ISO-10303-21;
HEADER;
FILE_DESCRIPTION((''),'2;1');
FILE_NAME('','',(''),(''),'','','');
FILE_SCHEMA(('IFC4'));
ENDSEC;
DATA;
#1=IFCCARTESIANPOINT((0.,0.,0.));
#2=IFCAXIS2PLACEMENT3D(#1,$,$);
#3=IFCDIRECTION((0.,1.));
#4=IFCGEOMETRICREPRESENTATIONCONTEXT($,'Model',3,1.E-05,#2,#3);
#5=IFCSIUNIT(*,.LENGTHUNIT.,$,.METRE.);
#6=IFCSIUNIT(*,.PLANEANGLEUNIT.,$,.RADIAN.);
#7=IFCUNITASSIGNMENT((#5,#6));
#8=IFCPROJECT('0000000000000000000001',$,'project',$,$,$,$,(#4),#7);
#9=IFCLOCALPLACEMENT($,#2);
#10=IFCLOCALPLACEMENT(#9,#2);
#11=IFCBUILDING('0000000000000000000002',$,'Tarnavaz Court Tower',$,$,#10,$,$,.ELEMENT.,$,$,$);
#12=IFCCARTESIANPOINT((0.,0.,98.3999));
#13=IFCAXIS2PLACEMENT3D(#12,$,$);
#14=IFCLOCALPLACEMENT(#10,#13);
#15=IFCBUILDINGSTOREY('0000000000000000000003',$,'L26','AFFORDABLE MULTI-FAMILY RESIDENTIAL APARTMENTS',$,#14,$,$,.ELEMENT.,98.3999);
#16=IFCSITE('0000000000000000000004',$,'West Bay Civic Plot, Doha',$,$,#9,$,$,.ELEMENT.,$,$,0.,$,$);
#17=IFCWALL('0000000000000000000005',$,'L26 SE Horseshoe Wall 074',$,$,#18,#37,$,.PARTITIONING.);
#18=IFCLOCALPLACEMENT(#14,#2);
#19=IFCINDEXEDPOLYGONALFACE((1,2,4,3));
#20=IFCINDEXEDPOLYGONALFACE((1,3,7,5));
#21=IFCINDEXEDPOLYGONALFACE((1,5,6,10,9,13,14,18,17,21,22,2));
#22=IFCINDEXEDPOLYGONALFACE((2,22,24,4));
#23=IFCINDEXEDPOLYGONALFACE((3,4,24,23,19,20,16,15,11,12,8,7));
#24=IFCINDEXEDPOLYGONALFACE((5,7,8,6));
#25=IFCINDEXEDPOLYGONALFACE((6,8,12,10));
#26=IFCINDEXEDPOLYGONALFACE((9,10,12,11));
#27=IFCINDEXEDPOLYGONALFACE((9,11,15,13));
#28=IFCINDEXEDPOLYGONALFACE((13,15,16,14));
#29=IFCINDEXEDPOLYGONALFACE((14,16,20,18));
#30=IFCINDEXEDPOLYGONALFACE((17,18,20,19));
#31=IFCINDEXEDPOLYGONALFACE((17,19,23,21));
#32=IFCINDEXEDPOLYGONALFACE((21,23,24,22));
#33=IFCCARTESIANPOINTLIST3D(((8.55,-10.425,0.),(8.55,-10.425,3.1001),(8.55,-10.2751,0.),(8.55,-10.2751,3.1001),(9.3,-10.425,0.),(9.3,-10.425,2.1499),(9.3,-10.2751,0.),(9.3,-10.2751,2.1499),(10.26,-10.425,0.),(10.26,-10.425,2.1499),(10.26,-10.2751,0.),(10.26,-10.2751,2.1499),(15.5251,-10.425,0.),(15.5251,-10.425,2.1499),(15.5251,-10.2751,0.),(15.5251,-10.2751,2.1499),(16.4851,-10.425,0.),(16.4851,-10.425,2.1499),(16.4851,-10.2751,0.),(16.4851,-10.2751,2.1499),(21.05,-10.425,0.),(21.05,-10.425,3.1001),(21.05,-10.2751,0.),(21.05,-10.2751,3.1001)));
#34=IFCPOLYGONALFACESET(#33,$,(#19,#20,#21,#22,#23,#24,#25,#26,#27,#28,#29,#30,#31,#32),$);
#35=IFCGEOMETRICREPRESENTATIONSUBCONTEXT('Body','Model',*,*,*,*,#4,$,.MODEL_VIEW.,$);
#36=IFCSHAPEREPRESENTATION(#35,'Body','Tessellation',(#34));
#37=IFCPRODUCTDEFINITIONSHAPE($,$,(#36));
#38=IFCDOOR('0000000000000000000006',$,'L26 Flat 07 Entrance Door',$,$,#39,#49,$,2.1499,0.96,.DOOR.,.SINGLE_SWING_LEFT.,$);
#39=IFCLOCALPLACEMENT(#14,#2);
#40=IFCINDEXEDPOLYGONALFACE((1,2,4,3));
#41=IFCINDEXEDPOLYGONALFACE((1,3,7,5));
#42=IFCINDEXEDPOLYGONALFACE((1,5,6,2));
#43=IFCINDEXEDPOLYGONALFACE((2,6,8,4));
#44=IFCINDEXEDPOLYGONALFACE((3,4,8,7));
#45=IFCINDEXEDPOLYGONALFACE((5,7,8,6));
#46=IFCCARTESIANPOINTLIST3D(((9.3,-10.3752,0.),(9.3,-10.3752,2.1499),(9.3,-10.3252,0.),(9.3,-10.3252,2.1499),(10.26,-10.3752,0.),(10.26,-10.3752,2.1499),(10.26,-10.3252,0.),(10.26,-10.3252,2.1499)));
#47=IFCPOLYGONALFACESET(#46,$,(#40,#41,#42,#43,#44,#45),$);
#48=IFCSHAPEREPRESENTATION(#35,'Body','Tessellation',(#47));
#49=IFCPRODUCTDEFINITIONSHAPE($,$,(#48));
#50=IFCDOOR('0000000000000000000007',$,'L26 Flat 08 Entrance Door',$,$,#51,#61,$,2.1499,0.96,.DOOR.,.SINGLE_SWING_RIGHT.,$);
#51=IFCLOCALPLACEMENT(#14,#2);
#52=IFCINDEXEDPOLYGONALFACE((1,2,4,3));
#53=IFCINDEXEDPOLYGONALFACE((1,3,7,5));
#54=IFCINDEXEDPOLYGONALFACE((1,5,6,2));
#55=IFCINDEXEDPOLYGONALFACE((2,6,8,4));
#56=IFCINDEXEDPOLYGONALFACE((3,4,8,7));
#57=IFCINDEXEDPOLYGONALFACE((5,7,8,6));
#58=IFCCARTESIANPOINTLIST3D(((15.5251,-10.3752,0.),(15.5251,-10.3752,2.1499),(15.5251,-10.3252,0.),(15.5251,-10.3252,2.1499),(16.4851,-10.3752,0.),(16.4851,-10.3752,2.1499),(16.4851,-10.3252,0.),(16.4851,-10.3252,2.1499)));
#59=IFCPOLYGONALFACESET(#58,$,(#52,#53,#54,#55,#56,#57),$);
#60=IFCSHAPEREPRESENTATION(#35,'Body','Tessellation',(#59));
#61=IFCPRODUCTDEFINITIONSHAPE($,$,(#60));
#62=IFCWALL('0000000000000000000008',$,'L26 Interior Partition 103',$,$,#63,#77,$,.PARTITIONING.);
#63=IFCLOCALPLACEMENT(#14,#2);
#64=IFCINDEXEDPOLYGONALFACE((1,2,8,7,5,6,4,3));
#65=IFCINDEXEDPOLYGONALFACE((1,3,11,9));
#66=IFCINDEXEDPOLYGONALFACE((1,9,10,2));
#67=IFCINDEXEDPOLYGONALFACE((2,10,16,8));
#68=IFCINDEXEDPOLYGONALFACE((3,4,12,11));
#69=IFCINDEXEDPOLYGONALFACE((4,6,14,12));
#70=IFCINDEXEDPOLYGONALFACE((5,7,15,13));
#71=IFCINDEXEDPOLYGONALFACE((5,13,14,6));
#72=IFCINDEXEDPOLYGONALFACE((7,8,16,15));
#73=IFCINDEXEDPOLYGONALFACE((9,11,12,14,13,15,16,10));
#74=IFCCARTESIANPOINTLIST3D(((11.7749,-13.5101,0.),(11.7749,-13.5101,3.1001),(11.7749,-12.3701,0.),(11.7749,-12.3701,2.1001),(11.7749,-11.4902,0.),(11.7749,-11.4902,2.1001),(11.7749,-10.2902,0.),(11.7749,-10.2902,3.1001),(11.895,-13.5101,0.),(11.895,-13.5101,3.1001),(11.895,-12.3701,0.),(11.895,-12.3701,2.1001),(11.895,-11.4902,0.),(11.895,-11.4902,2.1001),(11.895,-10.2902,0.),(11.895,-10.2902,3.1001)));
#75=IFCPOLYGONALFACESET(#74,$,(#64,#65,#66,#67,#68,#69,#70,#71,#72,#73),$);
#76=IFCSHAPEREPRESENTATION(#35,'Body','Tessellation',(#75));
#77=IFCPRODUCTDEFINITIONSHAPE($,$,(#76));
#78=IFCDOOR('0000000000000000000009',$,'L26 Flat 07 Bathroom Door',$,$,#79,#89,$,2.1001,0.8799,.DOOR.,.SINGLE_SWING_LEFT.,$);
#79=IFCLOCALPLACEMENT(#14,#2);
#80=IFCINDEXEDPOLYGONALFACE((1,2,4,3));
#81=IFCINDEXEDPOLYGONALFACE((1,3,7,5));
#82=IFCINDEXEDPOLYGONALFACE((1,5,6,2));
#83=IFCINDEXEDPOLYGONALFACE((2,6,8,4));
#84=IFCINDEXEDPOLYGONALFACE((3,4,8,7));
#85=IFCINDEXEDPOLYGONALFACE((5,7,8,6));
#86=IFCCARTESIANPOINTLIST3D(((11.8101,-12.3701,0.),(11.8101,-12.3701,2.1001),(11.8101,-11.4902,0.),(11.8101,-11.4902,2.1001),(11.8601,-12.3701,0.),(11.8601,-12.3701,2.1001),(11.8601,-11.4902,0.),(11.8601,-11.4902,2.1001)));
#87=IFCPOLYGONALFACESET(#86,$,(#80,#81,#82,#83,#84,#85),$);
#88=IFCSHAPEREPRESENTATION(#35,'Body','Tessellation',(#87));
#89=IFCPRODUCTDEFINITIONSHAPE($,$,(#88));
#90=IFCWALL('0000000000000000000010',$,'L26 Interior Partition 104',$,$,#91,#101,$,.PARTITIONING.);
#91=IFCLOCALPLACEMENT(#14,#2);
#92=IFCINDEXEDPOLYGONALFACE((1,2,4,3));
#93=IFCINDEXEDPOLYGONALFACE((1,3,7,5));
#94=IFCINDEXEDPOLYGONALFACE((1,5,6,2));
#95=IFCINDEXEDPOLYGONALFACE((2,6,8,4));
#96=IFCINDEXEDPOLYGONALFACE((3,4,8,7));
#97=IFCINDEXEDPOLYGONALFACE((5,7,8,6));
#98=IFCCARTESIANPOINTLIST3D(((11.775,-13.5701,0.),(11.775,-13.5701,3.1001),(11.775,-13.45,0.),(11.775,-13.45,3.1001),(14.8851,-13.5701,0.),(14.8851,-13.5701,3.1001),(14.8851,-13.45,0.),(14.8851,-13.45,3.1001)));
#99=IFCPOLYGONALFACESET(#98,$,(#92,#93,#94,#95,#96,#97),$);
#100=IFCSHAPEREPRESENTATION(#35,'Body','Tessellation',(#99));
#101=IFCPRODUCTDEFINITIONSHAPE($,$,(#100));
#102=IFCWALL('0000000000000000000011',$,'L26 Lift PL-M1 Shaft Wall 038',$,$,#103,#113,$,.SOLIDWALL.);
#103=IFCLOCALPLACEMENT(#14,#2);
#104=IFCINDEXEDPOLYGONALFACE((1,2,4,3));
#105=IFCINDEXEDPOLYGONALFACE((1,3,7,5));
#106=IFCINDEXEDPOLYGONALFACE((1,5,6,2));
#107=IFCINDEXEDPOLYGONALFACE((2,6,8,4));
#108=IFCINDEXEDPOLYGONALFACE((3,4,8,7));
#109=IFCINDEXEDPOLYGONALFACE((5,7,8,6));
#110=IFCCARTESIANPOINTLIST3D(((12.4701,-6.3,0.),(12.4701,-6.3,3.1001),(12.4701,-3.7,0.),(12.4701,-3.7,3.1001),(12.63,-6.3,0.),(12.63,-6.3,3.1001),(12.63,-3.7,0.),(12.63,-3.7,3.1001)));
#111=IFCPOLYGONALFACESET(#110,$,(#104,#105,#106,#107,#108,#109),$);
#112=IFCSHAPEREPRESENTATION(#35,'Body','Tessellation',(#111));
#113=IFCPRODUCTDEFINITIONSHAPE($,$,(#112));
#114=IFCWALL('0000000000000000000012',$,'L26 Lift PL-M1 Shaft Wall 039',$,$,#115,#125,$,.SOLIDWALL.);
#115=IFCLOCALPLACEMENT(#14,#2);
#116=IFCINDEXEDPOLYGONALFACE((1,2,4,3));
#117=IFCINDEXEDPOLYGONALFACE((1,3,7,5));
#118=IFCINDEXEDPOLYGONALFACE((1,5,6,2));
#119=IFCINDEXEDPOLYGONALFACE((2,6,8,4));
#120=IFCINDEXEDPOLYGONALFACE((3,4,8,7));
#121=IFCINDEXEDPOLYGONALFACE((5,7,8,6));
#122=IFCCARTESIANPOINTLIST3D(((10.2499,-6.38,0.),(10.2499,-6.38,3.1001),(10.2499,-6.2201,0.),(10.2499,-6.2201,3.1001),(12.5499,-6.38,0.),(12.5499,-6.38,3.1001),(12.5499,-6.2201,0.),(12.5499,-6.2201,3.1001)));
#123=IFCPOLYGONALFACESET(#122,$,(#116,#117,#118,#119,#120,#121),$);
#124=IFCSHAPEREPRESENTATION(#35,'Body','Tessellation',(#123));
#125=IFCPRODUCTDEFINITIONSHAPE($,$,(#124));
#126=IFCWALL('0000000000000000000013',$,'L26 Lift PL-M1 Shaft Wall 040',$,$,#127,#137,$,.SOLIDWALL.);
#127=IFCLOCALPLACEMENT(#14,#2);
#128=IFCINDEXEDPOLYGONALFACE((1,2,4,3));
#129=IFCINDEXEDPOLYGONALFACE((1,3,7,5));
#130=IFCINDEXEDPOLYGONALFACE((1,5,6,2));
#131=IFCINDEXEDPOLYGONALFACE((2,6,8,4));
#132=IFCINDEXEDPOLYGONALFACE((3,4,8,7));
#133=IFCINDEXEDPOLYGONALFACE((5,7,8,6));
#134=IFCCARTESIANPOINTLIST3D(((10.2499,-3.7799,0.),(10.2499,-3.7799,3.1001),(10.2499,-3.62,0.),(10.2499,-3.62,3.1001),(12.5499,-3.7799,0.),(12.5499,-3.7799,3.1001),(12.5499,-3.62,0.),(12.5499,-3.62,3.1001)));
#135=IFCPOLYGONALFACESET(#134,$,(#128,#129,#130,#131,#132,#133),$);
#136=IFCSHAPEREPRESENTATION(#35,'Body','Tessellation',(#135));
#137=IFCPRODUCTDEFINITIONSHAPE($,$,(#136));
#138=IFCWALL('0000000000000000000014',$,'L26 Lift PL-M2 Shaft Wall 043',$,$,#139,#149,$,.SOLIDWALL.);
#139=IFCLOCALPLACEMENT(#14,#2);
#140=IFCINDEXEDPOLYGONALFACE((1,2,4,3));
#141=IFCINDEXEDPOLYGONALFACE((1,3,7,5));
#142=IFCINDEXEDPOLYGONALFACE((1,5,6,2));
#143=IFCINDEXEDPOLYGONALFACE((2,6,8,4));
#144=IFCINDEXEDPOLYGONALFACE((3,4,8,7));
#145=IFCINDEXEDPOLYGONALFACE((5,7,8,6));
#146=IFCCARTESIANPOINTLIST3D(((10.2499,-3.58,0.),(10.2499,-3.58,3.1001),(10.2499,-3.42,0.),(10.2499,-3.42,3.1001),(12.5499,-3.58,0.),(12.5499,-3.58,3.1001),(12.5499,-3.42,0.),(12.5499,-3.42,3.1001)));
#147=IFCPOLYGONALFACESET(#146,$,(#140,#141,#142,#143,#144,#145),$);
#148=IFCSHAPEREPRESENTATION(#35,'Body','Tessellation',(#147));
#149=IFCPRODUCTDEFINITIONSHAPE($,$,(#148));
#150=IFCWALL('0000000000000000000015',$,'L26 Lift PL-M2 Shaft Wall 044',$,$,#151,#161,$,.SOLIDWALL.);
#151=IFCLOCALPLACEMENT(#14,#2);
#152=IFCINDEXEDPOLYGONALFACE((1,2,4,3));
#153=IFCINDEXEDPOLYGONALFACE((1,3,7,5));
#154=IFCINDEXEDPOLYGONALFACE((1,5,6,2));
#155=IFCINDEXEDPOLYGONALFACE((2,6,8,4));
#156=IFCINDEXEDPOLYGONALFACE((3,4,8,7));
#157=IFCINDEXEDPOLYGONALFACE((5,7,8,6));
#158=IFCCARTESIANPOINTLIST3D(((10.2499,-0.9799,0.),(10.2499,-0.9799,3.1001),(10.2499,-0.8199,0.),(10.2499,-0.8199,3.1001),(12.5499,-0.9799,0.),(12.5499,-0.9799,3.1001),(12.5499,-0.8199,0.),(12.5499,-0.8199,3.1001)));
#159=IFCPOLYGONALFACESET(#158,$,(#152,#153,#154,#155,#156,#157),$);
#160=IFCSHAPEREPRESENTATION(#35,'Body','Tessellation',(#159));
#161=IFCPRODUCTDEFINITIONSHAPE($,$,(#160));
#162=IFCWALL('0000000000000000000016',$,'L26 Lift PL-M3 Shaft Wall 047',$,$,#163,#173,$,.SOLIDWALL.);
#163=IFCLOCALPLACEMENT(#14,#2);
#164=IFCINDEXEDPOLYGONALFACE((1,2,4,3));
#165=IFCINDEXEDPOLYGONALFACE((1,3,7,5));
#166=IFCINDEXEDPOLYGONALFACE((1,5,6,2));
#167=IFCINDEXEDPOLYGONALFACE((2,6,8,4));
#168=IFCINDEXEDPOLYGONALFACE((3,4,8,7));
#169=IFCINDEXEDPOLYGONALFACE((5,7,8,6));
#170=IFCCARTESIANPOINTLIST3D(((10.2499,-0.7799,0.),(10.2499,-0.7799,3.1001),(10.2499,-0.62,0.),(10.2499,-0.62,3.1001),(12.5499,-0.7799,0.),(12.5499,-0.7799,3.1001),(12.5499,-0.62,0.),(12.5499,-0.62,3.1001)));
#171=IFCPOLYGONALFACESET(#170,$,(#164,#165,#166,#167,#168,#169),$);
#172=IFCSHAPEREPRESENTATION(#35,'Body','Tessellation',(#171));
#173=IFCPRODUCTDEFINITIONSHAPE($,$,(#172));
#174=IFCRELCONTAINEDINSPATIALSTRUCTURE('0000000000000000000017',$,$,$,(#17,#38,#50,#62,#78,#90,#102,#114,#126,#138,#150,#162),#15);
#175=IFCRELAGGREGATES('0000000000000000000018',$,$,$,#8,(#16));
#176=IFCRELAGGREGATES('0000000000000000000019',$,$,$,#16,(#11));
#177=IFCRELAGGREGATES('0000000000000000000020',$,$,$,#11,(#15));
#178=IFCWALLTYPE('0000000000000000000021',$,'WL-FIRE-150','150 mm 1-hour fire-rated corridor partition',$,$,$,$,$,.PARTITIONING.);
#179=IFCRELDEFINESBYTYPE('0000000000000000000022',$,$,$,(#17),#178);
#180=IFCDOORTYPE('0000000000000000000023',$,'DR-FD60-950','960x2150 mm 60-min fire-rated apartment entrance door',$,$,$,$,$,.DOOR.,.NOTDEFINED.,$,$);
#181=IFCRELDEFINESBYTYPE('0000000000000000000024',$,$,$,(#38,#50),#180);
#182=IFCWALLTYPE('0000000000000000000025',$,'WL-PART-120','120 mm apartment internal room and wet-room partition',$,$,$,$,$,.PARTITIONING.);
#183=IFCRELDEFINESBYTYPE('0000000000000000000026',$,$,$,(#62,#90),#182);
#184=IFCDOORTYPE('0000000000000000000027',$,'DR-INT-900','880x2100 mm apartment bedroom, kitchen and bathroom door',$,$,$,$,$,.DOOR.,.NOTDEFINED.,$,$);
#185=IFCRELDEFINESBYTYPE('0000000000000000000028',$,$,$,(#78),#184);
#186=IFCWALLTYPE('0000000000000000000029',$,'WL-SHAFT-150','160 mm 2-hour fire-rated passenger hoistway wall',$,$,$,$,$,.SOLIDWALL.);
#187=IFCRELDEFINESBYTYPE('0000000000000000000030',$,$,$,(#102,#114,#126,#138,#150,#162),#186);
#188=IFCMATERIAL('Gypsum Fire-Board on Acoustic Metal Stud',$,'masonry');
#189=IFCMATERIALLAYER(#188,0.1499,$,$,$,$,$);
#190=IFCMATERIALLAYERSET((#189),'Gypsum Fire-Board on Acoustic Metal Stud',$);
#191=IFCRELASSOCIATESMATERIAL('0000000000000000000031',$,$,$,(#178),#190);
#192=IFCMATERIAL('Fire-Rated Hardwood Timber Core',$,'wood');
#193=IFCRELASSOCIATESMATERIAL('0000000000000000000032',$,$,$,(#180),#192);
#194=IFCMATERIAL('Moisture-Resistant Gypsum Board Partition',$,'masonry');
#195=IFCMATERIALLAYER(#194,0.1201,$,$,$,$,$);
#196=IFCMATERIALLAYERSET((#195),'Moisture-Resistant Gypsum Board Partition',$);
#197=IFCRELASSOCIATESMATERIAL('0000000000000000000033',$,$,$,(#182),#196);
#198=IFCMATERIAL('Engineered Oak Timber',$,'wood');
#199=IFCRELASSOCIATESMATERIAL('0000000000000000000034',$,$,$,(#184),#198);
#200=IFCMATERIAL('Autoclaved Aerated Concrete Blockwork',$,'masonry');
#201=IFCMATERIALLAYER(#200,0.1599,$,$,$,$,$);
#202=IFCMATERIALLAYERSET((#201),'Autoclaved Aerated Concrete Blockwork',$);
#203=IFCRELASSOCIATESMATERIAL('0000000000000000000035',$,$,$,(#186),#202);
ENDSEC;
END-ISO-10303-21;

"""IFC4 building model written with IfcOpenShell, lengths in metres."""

from ifc_helpers import new_model, si_unit, direction, frame, frame_2d, origin, place, context, subcontext, project, spatial, rectangle, extrude, material, layer, layer_set, type_object, element, fill, save


model = new_model("IFC4")

# Units and contexts
model_context = context("Model", 3, precision=1e-05, world=origin(), true_north=direction((0.0, 1.0)))
body_context = subcontext(model_context, "Body", "Model", "MODEL_VIEW")
ifc_project = project(units=[si_unit("LENGTHUNIT", "METRE"), si_unit("PLANEANGLEUNIT", "RADIAN")], contexts=[model_context])

# Site, building, storey
site_placement = place(None, origin())
site = spatial("IfcSite", under=ifc_project, at=site_placement, Name="West Bay Civic Plot, Doha", CompositionType="ELEMENT", RefElevation=0.0)
building_placement = place(site_placement, origin())
building = spatial("IfcBuilding", under=site, at=building_placement, Name="Tarnavaz Court Tower", CompositionType="ELEMENT")
storey_placement = place(building_placement, frame((0.0, 0.0, 98.3999)))
storey = spatial("IfcBuildingStorey", under=building, at=storey_placement, Name="L26", Description="AFFORDABLE MULTI-FAMILY RESIDENTIAL APARTMENTS", CompositionType="ELEMENT", Elevation=98.3999)

# Wall, openings, doors
ifc_material_1 = material(Name="Gypsum Fire-Board on Acoustic Metal Stud", Category="masonry")
ifc_layer_1 = layer(ifc_material_1, 0.1499)
ifc_layer_set_1 = layer_set([ifc_layer_1], Name="Gypsum Fire-Board on Acoustic Metal Stud")
wall_type_1 = type_object("IfcWallType", Name="WL-FIRE-150", Description="150 mm 1-hour fire-rated corridor partition", PredefinedType="PARTITIONING", material=ifc_layer_set_1)
wall_1_placement = place(storey_placement, frame((8.55, -10.3501, 0.0), z_axis=(0.0, 0.0, 1.0), x_axis=(1.0, 0.0, 0.0)))
wall_1 = element("IfcWall", 1, at=wall_1_placement, inside=storey, type_object=wall_type_1, Name="L26 SE Horseshoe Wall 074", PredefinedType="PARTITIONING", context=body_context, shape_type="SweptSolid", body=[
    extrude(rectangle(XDim=12.5, YDim=0.1499, at=frame_2d((6.25, 0.0))), origin(), (0.0, 0.0, 1.0), 3.1001),
])
opening_1_placement = place(wall_1_placement, frame((0.75, 0.0, 0.0)))
opening_1 = element("IfcOpeningElement", 2, at=opening_1_placement, cuts=wall_1, PredefinedType="OPENING", context=body_context, shape_type="SweptSolid", body=[
    extrude(rectangle(XDim=0.96, YDim=2.1499, at=frame_2d((0.48, 1.075))), frame((0.0, 0.085, 0.0), z_axis=(0.0, -1.0, 0.0), x_axis=(1.0, 0.0, 0.0)), (0.0, 0.0, 1.0), 0.1699),
])
opening_2_placement = place(wall_1_placement, frame((6.9751, 0.0, 0.0)))
opening_2 = element("IfcOpeningElement", 3, at=opening_2_placement, cuts=wall_1, PredefinedType="OPENING", context=body_context, shape_type="SweptSolid", body=[
    extrude(rectangle(XDim=0.96, YDim=2.1499, at=frame_2d((0.48, 1.075))), frame((0.0, 0.085, 0.0), z_axis=(0.0, -1.0, 0.0), x_axis=(1.0, 0.0, 0.0)), (0.0, 0.0, 1.0), 0.1699),
])
ifc_material_2 = material(Name="Fire-Rated Hardwood Timber Core", Category="wood")
door_type_1 = type_object("IfcDoorType", Name="DR-FD60-950", Description="960x2150 mm 60-min fire-rated apartment entrance door", OperationType="NOTDEFINED", PredefinedType="DOOR", material=ifc_material_2)
door_1_placement = place(opening_1_placement, origin())
door_1 = element("IfcDoor", 4, at=door_1_placement, inside=storey, type_object=door_type_1, Name="L26 Flat 07 Entrance Door", OperationType="SINGLE_SWING_LEFT", OverallHeight=2.1499, OverallWidth=0.96, PredefinedType="DOOR", context=body_context, shape_type="SweptSolid", body=[
    extrude(rectangle(XDim=0.96, YDim=2.1499, at=frame_2d((0.48, 1.075))), frame((0.0, 0.0249, 0.0), z_axis=(0.0, -1.0, 0.0), x_axis=(1.0, 0.0, 0.0)), (0.0, 0.0, 1.0), 0.05),
])
fill(opening_1, door_1)
door_2_placement = place(opening_2_placement, origin())
door_2 = element("IfcDoor", 5, at=door_2_placement, inside=storey, type_object=door_type_1, Name="L26 Flat 08 Entrance Door", OperationType="SINGLE_SWING_RIGHT", OverallHeight=2.1499, OverallWidth=0.96, PredefinedType="DOOR", context=body_context, shape_type="SweptSolid", body=[
    extrude(rectangle(XDim=0.96, YDim=2.1499, at=frame_2d((0.48, 1.075))), frame((0.0, 0.0249, 0.0), z_axis=(0.0, -1.0, 0.0), x_axis=(1.0, 0.0, 0.0)), (0.0, 0.0, 1.0), 0.05),
])
fill(opening_2, door_2)

# Wall, opening, door
ifc_material_3 = material(Name="Moisture-Resistant Gypsum Board Partition", Category="masonry")
ifc_layer_2 = layer(ifc_material_3, 0.1201)
ifc_layer_set_2 = layer_set([ifc_layer_2], Name="Moisture-Resistant Gypsum Board Partition")
wall_type_2 = type_object("IfcWallType", Name="WL-PART-120", Description="120 mm apartment internal room and wet-room partition", PredefinedType="PARTITIONING", material=ifc_layer_set_2)
wall_2_placement = place(storey_placement, frame((11.835, -13.51, 0.0), z_axis=(0.0, 0.0, 1.0), x_axis=(0.0, 1.0, 0.0)))
wall_2 = element("IfcWall", 6, at=wall_2_placement, inside=storey, type_object=wall_type_2, Name="L26 Interior Partition 103", PredefinedType="PARTITIONING", context=body_context, shape_type="SweptSolid", body=[
    extrude(rectangle(XDim=3.22, YDim=0.1201, at=frame_2d((1.6099, 0.0))), origin(), (0.0, 0.0, 1.0), 3.1001),
])
opening_3_placement = place(wall_2_placement, frame((1.1399, 0.0, 0.0)))
opening_3 = element("IfcOpeningElement", 7, at=opening_3_placement, cuts=wall_2, PredefinedType="OPENING", context=body_context, shape_type="SweptSolid", body=[
    extrude(rectangle(XDim=0.8799, YDim=2.1001, at=frame_2d((0.4399, 1.05))), frame((0.0, 0.0701, 0.0), z_axis=(0.0, -1.0, 0.0), x_axis=(1.0, 0.0, 0.0)), (0.0, 0.0, 1.0), 0.1401),
])
ifc_material_4 = material(Name="Engineered Oak Timber", Category="wood")
door_type_2 = type_object("IfcDoorType", Name="DR-INT-900", Description="880x2100 mm apartment bedroom, kitchen and bathroom door", OperationType="NOTDEFINED", PredefinedType="DOOR", material=ifc_material_4)
door_3_placement = place(opening_3_placement, origin())
door_3 = element("IfcDoor", 8, at=door_3_placement, inside=storey, type_object=door_type_2, Name="L26 Flat 07 Bathroom Door", OperationType="SINGLE_SWING_LEFT", OverallHeight=2.1001, OverallWidth=0.8799, PredefinedType="DOOR", context=body_context, shape_type="SweptSolid", body=[
    extrude(rectangle(XDim=0.8799, YDim=2.1001, at=frame_2d((0.4399, 1.05))), frame((0.0, 0.0249, 0.0), z_axis=(0.0, -1.0, 0.0), x_axis=(1.0, 0.0, 0.0)), (0.0, 0.0, 1.0), 0.05),
])
fill(opening_3, door_3)

# Wall
wall_3_placement = place(storey_placement, frame((11.7749, -13.51, 0.0), z_axis=(0.0, 0.0, 1.0), x_axis=(1.0, 0.0, 0.0)))
element("IfcWall", 9, at=wall_3_placement, inside=storey, type_object=wall_type_2, Name="L26 Interior Partition 104", PredefinedType="PARTITIONING", context=body_context, shape_type="SweptSolid", body=[
    extrude(rectangle(XDim=3.1101, YDim=0.1201, at=frame_2d((1.5552, 0.0))), origin(), (0.0, 0.0, 1.0), 3.1001),
])

# Shared definitions
ifc_material_5 = material(Name="Autoclaved Aerated Concrete Blockwork", Category="masonry")
ifc_layer_3 = layer(ifc_material_5, 0.1599)
ifc_layer_set_3 = layer_set([ifc_layer_3], Name="Autoclaved Aerated Concrete Blockwork")
wall_type_3 = type_object("IfcWallType", Name="WL-SHAFT-150", Description="160 mm 2-hour fire-rated passenger hoistway wall", PredefinedType="SOLIDWALL", material=ifc_layer_set_3)

# Walls
wall_4_placement = place(storey_placement, frame((12.55, -6.3, 0.0), z_axis=(0.0, 0.0, 1.0), x_axis=(0.0, 1.0, 0.0)))
element("IfcWall", 10, at=wall_4_placement, inside=storey, type_object=wall_type_3, Name="L26 Lift PL-M1 Shaft Wall 038", PredefinedType="SOLIDWALL", context=body_context, shape_type="SweptSolid", body=[
    extrude(rectangle(XDim=2.6001, YDim=0.1599, at=frame_2d((1.3, 0.0))), origin(), (0.0, 0.0, 1.0), 3.1001),
])
for number, where, z_axis, x_axis, name in (
    (11, (10.25, -6.3, 0.0), (0.0, 0.0, 1.0), (1.0, 0.0, 0.0), "L26 Lift PL-M1 Shaft Wall 039"),
    (12, (10.25, -3.7, 0.0), (0.0, 0.0, 1.0), (1.0, 0.0, 0.0), "L26 Lift PL-M1 Shaft Wall 040"),
):
    element("IfcWall", number, at=place(storey_placement, frame(where, z_axis=z_axis, x_axis=x_axis)), inside=storey, type_object=wall_type_3, Name=name, PredefinedType="SOLIDWALL", context=body_context, shape_type="SweptSolid", body=[
        extrude(rectangle(XDim=2.3, YDim=0.1599, at=frame_2d((1.1499, 0.0))), origin(), (0.0, 0.0, 1.0), 3.1001),
    ])

# Walls
for number, where, z_axis, x_axis, name in (
    (13, (10.25, -3.5, 0.0), (0.0, 0.0, 1.0), (1.0, 0.0, 0.0), "L26 Lift PL-M2 Shaft Wall 043"),
    (14, (10.25, -0.8999, 0.0), (0.0, 0.0, 1.0), (1.0, 0.0, 0.0), "L26 Lift PL-M2 Shaft Wall 044"),
):
    element("IfcWall", number, at=place(storey_placement, frame(where, z_axis=z_axis, x_axis=x_axis)), inside=storey, type_object=wall_type_3, Name=name, PredefinedType="SOLIDWALL", context=body_context, shape_type="SweptSolid", body=[
        extrude(rectangle(XDim=2.3, YDim=0.1599, at=frame_2d((1.1499, 0.0))), origin(), (0.0, 0.0, 1.0), 3.1001),
    ])

# Wall
wall_5_placement = place(storey_placement, frame((10.25, -0.7, 0.0), z_axis=(0.0, 0.0, 1.0), x_axis=(1.0, 0.0, 0.0)))
element("IfcWall", 15, at=wall_5_placement, inside=storey, type_object=wall_type_3, Name="L26 Lift PL-M3 Shaft Wall 047", PredefinedType="SOLIDWALL", context=body_context, shape_type="SweptSolid", body=[
    extrude(rectangle(XDim=2.3, YDim=0.1599, at=frame_2d((1.1499, 0.0))), origin(), (0.0, 0.0, 1.0), 3.1001),
])

save(model, "model.ifc")
